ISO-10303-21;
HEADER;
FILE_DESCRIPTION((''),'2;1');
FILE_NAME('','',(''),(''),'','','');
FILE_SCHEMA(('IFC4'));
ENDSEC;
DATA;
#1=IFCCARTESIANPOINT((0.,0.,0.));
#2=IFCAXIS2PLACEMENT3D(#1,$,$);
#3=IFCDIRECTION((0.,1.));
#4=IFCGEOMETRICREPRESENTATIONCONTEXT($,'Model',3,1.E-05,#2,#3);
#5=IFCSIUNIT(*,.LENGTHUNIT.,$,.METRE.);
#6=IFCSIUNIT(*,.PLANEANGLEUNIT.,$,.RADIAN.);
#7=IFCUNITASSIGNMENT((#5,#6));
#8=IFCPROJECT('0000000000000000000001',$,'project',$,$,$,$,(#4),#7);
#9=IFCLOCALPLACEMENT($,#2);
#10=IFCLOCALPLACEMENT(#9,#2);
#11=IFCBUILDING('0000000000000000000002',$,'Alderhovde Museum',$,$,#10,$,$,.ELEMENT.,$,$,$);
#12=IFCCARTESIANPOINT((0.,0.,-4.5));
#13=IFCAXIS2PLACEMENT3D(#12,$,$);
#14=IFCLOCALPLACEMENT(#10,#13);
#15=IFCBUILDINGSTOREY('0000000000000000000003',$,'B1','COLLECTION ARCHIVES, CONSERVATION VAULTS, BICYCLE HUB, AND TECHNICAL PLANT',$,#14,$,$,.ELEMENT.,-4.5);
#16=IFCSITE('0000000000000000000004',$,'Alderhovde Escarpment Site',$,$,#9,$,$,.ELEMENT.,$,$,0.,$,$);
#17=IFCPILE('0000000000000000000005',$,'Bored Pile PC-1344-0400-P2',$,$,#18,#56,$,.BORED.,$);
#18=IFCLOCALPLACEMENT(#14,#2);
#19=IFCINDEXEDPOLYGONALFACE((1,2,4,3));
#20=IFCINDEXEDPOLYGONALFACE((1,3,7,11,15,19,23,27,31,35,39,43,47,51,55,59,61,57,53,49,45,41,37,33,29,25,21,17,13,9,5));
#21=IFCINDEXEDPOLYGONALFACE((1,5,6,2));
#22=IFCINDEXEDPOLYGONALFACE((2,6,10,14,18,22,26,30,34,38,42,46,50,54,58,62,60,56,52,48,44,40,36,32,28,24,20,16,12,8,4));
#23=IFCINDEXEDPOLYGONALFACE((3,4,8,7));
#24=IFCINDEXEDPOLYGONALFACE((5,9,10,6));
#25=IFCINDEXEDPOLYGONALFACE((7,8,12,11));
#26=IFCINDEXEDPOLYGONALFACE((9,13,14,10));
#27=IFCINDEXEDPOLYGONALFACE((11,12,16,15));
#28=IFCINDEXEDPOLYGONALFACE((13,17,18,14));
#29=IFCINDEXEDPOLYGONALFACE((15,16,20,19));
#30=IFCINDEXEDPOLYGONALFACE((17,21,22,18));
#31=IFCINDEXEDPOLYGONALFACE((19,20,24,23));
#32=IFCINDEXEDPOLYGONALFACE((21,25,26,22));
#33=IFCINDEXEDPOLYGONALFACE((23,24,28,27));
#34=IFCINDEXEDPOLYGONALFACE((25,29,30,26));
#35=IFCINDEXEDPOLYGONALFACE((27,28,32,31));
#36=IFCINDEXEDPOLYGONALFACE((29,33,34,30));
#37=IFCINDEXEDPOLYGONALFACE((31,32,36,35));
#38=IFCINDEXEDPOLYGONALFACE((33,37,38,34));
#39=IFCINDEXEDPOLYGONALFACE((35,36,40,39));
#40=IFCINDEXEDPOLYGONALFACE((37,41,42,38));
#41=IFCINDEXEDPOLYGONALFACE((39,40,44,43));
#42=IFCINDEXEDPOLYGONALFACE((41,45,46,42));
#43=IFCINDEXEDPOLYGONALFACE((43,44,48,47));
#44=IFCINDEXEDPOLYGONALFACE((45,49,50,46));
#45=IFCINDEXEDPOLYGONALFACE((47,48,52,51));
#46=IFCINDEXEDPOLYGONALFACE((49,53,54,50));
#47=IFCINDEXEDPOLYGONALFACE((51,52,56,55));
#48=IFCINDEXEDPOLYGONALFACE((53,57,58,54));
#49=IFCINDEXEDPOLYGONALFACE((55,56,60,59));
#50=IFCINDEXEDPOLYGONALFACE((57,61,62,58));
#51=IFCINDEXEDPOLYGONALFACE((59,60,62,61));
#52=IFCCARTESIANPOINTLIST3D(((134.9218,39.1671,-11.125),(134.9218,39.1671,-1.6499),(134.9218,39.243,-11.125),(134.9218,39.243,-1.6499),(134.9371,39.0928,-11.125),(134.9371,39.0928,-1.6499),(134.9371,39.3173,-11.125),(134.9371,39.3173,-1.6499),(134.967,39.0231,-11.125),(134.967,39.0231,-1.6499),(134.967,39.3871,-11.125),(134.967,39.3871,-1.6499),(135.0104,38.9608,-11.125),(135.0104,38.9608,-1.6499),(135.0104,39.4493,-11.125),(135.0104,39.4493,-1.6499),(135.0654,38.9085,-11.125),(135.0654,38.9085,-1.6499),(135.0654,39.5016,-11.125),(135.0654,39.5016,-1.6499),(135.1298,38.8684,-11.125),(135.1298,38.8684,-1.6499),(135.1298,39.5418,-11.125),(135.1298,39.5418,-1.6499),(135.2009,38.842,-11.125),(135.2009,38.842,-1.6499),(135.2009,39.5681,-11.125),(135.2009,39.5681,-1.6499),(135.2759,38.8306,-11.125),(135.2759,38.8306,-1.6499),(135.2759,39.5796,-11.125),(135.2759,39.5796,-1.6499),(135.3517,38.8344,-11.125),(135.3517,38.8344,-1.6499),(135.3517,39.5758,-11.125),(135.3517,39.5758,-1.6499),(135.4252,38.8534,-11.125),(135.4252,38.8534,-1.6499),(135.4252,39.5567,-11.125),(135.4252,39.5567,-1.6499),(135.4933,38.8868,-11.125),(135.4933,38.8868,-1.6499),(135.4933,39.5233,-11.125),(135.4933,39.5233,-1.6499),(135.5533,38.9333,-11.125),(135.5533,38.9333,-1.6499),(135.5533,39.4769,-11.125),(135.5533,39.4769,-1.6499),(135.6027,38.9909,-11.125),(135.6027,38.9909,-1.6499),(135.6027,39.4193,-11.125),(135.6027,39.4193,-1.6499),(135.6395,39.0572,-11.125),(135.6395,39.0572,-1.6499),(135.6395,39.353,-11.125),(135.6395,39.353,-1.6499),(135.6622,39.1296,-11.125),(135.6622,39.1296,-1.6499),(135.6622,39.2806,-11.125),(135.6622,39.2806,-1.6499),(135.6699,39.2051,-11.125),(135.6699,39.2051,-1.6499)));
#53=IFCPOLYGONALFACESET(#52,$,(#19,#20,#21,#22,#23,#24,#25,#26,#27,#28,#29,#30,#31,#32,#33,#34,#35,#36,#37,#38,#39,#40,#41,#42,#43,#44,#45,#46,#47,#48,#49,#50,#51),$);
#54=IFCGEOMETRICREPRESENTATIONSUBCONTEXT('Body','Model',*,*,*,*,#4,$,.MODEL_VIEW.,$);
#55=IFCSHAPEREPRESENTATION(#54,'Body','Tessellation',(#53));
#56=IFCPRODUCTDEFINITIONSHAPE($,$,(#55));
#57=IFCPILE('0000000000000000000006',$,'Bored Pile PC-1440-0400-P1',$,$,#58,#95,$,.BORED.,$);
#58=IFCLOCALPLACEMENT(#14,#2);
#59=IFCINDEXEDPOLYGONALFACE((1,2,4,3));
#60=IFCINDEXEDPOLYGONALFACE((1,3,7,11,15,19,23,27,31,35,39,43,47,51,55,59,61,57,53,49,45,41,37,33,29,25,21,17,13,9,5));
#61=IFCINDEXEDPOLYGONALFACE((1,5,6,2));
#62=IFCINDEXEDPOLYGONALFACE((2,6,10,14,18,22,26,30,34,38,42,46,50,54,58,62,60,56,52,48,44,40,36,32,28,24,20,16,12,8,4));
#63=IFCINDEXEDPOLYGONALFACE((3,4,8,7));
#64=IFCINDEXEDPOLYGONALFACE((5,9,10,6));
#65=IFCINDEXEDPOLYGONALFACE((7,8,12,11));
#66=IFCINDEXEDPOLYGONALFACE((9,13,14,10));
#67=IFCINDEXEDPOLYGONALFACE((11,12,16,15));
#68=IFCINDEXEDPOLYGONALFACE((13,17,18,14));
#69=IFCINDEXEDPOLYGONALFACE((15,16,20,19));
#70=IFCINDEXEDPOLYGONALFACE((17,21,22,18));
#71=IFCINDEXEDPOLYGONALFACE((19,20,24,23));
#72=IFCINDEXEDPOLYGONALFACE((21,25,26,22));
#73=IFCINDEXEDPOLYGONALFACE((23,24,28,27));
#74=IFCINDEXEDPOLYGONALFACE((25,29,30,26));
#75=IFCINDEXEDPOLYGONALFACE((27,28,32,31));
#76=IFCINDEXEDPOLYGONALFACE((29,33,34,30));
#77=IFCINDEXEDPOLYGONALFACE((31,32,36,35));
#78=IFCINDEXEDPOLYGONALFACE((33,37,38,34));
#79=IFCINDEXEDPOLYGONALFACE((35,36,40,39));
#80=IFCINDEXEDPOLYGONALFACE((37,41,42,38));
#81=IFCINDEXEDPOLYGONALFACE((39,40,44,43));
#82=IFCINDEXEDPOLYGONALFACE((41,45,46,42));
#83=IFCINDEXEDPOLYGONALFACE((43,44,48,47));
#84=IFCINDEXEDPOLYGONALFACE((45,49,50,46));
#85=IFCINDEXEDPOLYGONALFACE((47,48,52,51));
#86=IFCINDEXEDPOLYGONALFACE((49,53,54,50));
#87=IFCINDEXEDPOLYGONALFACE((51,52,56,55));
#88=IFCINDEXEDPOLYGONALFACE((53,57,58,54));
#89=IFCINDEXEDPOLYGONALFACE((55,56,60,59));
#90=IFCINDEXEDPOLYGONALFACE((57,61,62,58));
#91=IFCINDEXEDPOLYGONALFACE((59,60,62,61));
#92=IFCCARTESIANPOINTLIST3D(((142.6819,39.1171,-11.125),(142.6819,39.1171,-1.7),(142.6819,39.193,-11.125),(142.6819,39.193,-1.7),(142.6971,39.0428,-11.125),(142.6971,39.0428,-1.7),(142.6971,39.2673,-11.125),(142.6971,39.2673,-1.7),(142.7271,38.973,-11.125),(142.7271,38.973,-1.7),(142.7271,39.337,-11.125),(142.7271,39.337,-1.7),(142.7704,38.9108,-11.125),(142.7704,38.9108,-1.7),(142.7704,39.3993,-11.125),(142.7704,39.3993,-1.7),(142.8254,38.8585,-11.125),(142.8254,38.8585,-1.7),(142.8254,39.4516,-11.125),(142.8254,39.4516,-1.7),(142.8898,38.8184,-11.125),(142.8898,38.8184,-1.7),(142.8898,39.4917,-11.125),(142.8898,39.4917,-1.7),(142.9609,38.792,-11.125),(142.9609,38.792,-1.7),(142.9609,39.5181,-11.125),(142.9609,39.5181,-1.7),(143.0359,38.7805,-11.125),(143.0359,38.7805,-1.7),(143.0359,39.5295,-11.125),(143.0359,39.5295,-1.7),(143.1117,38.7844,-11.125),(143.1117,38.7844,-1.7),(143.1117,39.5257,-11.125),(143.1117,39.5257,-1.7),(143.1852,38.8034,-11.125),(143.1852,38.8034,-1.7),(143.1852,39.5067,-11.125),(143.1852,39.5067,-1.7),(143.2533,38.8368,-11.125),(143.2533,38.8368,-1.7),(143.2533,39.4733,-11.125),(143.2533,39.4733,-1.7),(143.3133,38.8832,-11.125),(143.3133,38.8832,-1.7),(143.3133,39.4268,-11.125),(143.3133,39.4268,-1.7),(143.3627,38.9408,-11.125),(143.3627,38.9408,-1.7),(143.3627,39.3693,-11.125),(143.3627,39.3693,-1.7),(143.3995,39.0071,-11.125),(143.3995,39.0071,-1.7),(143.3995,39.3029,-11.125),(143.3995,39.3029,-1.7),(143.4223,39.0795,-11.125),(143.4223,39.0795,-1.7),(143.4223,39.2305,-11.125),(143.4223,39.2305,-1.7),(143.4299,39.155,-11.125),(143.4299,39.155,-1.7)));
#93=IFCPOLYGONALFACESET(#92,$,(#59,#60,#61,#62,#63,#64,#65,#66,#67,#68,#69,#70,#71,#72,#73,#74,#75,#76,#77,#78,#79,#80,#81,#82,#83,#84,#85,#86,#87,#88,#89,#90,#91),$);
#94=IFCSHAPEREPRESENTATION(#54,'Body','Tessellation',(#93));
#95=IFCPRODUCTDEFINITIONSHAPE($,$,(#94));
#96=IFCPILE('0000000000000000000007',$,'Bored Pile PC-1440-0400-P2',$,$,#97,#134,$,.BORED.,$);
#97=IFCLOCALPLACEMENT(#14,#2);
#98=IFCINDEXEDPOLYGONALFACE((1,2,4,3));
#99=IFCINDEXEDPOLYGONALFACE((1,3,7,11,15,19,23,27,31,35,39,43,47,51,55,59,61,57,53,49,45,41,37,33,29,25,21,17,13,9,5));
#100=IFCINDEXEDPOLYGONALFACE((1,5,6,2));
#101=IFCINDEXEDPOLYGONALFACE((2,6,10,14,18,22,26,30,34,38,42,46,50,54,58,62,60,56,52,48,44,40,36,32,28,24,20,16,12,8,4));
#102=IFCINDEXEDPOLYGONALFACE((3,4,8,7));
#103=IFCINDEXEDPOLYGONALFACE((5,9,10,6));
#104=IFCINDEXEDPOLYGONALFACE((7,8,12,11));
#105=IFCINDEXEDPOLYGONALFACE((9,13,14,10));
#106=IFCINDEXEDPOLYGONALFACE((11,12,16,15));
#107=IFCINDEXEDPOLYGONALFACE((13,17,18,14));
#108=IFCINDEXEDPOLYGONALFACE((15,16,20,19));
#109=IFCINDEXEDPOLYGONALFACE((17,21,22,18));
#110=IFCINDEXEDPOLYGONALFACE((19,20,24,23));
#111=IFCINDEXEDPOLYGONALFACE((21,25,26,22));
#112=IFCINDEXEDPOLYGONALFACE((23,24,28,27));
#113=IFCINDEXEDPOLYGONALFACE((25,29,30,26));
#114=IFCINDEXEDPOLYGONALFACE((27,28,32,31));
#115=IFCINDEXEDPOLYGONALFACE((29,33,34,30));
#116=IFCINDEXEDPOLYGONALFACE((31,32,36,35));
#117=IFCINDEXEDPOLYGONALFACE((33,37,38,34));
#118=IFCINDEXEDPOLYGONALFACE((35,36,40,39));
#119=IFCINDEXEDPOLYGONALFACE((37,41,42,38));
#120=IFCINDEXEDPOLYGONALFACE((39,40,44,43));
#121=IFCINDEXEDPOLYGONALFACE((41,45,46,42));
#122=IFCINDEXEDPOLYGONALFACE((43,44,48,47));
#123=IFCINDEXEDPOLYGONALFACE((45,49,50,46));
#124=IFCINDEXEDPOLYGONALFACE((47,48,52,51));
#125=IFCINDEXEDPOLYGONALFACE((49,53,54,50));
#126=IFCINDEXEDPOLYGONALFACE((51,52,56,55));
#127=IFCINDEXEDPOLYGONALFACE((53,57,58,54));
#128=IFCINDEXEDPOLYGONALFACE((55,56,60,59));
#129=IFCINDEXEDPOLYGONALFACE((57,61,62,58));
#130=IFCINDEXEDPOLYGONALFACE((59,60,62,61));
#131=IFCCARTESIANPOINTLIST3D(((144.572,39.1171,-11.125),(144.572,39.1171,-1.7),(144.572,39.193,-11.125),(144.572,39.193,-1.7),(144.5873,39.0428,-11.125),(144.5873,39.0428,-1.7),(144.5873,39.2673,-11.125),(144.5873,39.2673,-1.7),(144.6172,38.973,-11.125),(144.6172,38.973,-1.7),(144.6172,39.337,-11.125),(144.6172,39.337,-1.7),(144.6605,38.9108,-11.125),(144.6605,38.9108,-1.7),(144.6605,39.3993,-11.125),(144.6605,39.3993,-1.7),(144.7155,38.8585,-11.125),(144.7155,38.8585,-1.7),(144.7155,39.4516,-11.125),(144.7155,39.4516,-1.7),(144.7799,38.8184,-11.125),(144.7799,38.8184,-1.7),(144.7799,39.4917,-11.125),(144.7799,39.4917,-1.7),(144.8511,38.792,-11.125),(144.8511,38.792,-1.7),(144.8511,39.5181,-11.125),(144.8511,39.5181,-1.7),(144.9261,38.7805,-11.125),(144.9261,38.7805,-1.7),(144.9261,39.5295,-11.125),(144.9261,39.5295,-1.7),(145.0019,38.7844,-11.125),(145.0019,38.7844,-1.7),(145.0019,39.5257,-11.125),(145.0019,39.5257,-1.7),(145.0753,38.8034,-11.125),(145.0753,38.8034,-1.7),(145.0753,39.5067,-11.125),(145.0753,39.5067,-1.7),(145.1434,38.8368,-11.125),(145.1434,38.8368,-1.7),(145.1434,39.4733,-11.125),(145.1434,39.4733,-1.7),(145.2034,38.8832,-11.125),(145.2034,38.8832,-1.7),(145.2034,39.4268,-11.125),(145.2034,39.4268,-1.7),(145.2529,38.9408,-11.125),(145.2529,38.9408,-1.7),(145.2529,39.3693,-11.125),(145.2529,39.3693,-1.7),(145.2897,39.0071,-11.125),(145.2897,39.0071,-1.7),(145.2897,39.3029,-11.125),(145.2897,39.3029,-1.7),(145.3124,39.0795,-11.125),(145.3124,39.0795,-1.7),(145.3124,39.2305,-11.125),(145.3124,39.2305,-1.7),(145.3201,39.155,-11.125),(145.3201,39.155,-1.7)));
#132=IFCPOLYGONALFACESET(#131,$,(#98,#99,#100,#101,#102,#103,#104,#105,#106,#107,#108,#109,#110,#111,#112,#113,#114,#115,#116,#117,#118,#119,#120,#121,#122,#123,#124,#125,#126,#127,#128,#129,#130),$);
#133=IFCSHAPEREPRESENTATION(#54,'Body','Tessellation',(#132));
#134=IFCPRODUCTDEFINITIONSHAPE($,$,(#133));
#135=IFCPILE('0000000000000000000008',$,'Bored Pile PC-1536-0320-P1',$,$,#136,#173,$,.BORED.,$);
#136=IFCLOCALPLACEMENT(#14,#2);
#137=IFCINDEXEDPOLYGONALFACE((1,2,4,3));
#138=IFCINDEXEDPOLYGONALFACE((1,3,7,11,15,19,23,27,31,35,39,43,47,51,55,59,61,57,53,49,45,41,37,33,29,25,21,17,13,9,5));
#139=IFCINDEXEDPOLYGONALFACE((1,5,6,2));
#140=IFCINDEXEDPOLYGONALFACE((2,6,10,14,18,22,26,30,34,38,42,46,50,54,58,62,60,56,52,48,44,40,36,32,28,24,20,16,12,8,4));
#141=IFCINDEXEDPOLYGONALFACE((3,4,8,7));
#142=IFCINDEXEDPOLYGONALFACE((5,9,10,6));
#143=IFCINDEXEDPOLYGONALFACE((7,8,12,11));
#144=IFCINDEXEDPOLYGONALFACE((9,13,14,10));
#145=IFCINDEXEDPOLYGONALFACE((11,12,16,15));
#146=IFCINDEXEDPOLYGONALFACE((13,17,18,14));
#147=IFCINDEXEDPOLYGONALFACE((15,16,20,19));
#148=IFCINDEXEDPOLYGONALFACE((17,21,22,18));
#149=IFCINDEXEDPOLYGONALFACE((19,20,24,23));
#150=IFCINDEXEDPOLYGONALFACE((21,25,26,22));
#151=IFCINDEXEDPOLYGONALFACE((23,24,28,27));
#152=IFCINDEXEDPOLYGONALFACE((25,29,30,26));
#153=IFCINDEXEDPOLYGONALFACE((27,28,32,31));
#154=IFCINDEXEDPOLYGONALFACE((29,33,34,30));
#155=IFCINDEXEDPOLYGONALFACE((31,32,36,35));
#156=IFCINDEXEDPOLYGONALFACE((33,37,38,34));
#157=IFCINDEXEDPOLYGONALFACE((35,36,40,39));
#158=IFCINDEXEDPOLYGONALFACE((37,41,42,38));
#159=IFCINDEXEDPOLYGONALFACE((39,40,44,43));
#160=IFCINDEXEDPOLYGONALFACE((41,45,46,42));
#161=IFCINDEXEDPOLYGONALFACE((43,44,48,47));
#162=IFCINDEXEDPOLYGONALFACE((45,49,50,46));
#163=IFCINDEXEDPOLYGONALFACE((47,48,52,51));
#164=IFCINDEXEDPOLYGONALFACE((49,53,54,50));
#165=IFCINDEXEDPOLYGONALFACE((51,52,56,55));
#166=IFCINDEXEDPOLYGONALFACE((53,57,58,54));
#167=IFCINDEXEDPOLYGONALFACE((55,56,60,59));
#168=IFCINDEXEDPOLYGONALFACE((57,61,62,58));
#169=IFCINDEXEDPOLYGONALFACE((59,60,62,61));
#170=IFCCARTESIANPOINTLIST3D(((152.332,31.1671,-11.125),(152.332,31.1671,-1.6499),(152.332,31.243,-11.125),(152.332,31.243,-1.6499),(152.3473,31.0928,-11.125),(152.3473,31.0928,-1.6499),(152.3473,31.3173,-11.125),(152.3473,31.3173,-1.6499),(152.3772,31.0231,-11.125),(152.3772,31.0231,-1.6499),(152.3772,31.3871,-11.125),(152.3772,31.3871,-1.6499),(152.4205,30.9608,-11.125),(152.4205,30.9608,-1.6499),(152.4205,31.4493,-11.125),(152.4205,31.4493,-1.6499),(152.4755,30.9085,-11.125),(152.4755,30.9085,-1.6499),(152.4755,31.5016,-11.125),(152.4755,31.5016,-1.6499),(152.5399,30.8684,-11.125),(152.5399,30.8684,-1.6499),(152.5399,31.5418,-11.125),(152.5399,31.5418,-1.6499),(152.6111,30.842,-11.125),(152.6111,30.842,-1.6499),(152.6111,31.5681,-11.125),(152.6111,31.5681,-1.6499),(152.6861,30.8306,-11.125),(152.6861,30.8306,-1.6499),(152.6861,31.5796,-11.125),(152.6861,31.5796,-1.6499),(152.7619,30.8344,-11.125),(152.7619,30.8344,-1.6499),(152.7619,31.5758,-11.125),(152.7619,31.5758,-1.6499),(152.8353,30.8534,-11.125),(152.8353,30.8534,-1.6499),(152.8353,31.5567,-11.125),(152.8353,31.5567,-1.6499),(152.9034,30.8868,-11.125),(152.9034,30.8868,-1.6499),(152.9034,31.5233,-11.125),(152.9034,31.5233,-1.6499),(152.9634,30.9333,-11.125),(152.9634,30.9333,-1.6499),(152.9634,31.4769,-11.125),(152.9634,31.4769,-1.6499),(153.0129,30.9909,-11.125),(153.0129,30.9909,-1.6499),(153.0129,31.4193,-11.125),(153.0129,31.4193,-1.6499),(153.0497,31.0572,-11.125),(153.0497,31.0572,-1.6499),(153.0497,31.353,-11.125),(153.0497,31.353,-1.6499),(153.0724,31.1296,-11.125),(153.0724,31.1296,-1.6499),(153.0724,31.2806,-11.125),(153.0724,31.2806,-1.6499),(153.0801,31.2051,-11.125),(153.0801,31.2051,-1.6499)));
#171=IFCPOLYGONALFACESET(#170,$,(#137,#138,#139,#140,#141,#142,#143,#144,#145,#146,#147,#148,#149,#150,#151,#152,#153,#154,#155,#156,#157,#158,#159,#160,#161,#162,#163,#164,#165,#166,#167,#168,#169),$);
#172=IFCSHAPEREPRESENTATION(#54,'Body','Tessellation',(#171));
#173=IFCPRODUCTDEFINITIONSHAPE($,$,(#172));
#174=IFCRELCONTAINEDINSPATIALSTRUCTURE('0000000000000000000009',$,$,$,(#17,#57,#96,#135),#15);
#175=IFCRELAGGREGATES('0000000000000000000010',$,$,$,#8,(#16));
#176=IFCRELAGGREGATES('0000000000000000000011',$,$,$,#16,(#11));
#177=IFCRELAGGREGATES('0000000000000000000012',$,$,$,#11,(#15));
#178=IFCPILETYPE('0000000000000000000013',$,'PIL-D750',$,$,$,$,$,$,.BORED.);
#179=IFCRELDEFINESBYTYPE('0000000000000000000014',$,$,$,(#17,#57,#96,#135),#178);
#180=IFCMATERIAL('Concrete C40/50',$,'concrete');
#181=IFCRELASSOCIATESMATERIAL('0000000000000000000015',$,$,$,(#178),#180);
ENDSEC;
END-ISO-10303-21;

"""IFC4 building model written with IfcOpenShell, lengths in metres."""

from ifc_helpers import new_model, si_unit, direction, frame, origin, origin_2d, place, context, subcontext, project, spatial, circle, extrude, material, material_profile, profile_set, type_object, element, save


model = new_model("IFC4")

# Units and contexts
model_context = context("Model", 3, precision=1e-05, world=origin(), true_north=direction((0.0, 1.0)))
body_context = subcontext(model_context, "Body", "Model", "MODEL_VIEW")
ifc_project = project(units=[si_unit("LENGTHUNIT", "METRE"), si_unit("PLANEANGLEUNIT", "RADIAN")], contexts=[model_context])

# Site, building, storey
site_placement = place(None, origin())
site = spatial("IfcSite", under=ifc_project, at=site_placement, Name="Alderhovde Escarpment Site", CompositionType="ELEMENT", RefElevation=0.0)
building_placement = place(site_placement, origin())
building = spatial("IfcBuilding", under=site, at=building_placement, Name="Alderhovde Museum", CompositionType="ELEMENT")
storey_placement = place(building_placement, frame((0.0, 0.0, -4.5)))
storey = spatial("IfcBuildingStorey", under=building, at=storey_placement, Name="B1", Description="COLLECTION ARCHIVES, CONSERVATION VAULTS, BICYCLE HUB, AND TECHNICAL PLANT", CompositionType="ELEMENT", Elevation=-4.5)

# Piles
ifc_material_1 = material(Name="Concrete C40/50", Category="concrete")
ifc_material_profile_1 = material_profile(ifc_material_1, circle(Radius=0.375, at=origin_2d()), Name="PILE-D750")
ifc_profile_set_1 = profile_set([ifc_material_profile_1], Name="Concrete C40/50")
pile_type_1 = type_object("IfcPileType", Name="PIL-D750", PredefinedType="BORED", material=ifc_profile_set_1)
for number, where, z_axis, x_axis, name in (
    (1, (135.2949, 39.2051, -1.6499), (0.0, 0.0, -1.0), (1.0, 0.0, 0.0), "Bored Pile PC-1344-0400-P2"),
):
    element("IfcPile", number, at=place(storey_placement, frame(where, z_axis=z_axis, x_axis=x_axis)), inside=storey, type_object=pile_type_1, Name=name, PredefinedType="BORED", context=body_context, shape_type="SweptSolid", body=[
        extrude(circle(Radius=0.375, at=origin_2d()), origin(), (0.0, 0.0, 1.0), 9.4751),
    ])
for number, where, z_axis, x_axis, name in (
    (2, (143.0549, 39.155, -1.7), (0.0, 0.0, -1.0), (1.0, 0.0, 0.0), "Bored Pile PC-1440-0400-P1"),
    (3, (144.9451, 39.155, -1.7), (0.0, 0.0, -1.0), (1.0, 0.0, 0.0), "Bored Pile PC-1440-0400-P2"),
):
    element("IfcPile", number, at=place(storey_placement, frame(where, z_axis=z_axis, x_axis=x_axis)), inside=storey, type_object=pile_type_1, Name=name, PredefinedType="BORED", context=body_context, shape_type="SweptSolid", body=[
        extrude(circle(Radius=0.375, at=origin_2d()), origin(), (0.0, 0.0, 1.0), 9.425),
    ])
pile_1_placement = place(storey_placement, frame((152.7051, 31.2051, -1.6499), z_axis=(0.0, 0.0, -1.0), x_axis=(1.0, 0.0, 0.0)))
element("IfcPile", 4, at=pile_1_placement, inside=storey, type_object=pile_type_1, Name="Bored Pile PC-1536-0320-P1", PredefinedType="BORED", context=body_context, shape_type="SweptSolid", body=[
    extrude(circle(Radius=0.375, at=origin_2d()), origin(), (0.0, 0.0, 1.0), 9.4751),
])

save(model, "model.ifc")
